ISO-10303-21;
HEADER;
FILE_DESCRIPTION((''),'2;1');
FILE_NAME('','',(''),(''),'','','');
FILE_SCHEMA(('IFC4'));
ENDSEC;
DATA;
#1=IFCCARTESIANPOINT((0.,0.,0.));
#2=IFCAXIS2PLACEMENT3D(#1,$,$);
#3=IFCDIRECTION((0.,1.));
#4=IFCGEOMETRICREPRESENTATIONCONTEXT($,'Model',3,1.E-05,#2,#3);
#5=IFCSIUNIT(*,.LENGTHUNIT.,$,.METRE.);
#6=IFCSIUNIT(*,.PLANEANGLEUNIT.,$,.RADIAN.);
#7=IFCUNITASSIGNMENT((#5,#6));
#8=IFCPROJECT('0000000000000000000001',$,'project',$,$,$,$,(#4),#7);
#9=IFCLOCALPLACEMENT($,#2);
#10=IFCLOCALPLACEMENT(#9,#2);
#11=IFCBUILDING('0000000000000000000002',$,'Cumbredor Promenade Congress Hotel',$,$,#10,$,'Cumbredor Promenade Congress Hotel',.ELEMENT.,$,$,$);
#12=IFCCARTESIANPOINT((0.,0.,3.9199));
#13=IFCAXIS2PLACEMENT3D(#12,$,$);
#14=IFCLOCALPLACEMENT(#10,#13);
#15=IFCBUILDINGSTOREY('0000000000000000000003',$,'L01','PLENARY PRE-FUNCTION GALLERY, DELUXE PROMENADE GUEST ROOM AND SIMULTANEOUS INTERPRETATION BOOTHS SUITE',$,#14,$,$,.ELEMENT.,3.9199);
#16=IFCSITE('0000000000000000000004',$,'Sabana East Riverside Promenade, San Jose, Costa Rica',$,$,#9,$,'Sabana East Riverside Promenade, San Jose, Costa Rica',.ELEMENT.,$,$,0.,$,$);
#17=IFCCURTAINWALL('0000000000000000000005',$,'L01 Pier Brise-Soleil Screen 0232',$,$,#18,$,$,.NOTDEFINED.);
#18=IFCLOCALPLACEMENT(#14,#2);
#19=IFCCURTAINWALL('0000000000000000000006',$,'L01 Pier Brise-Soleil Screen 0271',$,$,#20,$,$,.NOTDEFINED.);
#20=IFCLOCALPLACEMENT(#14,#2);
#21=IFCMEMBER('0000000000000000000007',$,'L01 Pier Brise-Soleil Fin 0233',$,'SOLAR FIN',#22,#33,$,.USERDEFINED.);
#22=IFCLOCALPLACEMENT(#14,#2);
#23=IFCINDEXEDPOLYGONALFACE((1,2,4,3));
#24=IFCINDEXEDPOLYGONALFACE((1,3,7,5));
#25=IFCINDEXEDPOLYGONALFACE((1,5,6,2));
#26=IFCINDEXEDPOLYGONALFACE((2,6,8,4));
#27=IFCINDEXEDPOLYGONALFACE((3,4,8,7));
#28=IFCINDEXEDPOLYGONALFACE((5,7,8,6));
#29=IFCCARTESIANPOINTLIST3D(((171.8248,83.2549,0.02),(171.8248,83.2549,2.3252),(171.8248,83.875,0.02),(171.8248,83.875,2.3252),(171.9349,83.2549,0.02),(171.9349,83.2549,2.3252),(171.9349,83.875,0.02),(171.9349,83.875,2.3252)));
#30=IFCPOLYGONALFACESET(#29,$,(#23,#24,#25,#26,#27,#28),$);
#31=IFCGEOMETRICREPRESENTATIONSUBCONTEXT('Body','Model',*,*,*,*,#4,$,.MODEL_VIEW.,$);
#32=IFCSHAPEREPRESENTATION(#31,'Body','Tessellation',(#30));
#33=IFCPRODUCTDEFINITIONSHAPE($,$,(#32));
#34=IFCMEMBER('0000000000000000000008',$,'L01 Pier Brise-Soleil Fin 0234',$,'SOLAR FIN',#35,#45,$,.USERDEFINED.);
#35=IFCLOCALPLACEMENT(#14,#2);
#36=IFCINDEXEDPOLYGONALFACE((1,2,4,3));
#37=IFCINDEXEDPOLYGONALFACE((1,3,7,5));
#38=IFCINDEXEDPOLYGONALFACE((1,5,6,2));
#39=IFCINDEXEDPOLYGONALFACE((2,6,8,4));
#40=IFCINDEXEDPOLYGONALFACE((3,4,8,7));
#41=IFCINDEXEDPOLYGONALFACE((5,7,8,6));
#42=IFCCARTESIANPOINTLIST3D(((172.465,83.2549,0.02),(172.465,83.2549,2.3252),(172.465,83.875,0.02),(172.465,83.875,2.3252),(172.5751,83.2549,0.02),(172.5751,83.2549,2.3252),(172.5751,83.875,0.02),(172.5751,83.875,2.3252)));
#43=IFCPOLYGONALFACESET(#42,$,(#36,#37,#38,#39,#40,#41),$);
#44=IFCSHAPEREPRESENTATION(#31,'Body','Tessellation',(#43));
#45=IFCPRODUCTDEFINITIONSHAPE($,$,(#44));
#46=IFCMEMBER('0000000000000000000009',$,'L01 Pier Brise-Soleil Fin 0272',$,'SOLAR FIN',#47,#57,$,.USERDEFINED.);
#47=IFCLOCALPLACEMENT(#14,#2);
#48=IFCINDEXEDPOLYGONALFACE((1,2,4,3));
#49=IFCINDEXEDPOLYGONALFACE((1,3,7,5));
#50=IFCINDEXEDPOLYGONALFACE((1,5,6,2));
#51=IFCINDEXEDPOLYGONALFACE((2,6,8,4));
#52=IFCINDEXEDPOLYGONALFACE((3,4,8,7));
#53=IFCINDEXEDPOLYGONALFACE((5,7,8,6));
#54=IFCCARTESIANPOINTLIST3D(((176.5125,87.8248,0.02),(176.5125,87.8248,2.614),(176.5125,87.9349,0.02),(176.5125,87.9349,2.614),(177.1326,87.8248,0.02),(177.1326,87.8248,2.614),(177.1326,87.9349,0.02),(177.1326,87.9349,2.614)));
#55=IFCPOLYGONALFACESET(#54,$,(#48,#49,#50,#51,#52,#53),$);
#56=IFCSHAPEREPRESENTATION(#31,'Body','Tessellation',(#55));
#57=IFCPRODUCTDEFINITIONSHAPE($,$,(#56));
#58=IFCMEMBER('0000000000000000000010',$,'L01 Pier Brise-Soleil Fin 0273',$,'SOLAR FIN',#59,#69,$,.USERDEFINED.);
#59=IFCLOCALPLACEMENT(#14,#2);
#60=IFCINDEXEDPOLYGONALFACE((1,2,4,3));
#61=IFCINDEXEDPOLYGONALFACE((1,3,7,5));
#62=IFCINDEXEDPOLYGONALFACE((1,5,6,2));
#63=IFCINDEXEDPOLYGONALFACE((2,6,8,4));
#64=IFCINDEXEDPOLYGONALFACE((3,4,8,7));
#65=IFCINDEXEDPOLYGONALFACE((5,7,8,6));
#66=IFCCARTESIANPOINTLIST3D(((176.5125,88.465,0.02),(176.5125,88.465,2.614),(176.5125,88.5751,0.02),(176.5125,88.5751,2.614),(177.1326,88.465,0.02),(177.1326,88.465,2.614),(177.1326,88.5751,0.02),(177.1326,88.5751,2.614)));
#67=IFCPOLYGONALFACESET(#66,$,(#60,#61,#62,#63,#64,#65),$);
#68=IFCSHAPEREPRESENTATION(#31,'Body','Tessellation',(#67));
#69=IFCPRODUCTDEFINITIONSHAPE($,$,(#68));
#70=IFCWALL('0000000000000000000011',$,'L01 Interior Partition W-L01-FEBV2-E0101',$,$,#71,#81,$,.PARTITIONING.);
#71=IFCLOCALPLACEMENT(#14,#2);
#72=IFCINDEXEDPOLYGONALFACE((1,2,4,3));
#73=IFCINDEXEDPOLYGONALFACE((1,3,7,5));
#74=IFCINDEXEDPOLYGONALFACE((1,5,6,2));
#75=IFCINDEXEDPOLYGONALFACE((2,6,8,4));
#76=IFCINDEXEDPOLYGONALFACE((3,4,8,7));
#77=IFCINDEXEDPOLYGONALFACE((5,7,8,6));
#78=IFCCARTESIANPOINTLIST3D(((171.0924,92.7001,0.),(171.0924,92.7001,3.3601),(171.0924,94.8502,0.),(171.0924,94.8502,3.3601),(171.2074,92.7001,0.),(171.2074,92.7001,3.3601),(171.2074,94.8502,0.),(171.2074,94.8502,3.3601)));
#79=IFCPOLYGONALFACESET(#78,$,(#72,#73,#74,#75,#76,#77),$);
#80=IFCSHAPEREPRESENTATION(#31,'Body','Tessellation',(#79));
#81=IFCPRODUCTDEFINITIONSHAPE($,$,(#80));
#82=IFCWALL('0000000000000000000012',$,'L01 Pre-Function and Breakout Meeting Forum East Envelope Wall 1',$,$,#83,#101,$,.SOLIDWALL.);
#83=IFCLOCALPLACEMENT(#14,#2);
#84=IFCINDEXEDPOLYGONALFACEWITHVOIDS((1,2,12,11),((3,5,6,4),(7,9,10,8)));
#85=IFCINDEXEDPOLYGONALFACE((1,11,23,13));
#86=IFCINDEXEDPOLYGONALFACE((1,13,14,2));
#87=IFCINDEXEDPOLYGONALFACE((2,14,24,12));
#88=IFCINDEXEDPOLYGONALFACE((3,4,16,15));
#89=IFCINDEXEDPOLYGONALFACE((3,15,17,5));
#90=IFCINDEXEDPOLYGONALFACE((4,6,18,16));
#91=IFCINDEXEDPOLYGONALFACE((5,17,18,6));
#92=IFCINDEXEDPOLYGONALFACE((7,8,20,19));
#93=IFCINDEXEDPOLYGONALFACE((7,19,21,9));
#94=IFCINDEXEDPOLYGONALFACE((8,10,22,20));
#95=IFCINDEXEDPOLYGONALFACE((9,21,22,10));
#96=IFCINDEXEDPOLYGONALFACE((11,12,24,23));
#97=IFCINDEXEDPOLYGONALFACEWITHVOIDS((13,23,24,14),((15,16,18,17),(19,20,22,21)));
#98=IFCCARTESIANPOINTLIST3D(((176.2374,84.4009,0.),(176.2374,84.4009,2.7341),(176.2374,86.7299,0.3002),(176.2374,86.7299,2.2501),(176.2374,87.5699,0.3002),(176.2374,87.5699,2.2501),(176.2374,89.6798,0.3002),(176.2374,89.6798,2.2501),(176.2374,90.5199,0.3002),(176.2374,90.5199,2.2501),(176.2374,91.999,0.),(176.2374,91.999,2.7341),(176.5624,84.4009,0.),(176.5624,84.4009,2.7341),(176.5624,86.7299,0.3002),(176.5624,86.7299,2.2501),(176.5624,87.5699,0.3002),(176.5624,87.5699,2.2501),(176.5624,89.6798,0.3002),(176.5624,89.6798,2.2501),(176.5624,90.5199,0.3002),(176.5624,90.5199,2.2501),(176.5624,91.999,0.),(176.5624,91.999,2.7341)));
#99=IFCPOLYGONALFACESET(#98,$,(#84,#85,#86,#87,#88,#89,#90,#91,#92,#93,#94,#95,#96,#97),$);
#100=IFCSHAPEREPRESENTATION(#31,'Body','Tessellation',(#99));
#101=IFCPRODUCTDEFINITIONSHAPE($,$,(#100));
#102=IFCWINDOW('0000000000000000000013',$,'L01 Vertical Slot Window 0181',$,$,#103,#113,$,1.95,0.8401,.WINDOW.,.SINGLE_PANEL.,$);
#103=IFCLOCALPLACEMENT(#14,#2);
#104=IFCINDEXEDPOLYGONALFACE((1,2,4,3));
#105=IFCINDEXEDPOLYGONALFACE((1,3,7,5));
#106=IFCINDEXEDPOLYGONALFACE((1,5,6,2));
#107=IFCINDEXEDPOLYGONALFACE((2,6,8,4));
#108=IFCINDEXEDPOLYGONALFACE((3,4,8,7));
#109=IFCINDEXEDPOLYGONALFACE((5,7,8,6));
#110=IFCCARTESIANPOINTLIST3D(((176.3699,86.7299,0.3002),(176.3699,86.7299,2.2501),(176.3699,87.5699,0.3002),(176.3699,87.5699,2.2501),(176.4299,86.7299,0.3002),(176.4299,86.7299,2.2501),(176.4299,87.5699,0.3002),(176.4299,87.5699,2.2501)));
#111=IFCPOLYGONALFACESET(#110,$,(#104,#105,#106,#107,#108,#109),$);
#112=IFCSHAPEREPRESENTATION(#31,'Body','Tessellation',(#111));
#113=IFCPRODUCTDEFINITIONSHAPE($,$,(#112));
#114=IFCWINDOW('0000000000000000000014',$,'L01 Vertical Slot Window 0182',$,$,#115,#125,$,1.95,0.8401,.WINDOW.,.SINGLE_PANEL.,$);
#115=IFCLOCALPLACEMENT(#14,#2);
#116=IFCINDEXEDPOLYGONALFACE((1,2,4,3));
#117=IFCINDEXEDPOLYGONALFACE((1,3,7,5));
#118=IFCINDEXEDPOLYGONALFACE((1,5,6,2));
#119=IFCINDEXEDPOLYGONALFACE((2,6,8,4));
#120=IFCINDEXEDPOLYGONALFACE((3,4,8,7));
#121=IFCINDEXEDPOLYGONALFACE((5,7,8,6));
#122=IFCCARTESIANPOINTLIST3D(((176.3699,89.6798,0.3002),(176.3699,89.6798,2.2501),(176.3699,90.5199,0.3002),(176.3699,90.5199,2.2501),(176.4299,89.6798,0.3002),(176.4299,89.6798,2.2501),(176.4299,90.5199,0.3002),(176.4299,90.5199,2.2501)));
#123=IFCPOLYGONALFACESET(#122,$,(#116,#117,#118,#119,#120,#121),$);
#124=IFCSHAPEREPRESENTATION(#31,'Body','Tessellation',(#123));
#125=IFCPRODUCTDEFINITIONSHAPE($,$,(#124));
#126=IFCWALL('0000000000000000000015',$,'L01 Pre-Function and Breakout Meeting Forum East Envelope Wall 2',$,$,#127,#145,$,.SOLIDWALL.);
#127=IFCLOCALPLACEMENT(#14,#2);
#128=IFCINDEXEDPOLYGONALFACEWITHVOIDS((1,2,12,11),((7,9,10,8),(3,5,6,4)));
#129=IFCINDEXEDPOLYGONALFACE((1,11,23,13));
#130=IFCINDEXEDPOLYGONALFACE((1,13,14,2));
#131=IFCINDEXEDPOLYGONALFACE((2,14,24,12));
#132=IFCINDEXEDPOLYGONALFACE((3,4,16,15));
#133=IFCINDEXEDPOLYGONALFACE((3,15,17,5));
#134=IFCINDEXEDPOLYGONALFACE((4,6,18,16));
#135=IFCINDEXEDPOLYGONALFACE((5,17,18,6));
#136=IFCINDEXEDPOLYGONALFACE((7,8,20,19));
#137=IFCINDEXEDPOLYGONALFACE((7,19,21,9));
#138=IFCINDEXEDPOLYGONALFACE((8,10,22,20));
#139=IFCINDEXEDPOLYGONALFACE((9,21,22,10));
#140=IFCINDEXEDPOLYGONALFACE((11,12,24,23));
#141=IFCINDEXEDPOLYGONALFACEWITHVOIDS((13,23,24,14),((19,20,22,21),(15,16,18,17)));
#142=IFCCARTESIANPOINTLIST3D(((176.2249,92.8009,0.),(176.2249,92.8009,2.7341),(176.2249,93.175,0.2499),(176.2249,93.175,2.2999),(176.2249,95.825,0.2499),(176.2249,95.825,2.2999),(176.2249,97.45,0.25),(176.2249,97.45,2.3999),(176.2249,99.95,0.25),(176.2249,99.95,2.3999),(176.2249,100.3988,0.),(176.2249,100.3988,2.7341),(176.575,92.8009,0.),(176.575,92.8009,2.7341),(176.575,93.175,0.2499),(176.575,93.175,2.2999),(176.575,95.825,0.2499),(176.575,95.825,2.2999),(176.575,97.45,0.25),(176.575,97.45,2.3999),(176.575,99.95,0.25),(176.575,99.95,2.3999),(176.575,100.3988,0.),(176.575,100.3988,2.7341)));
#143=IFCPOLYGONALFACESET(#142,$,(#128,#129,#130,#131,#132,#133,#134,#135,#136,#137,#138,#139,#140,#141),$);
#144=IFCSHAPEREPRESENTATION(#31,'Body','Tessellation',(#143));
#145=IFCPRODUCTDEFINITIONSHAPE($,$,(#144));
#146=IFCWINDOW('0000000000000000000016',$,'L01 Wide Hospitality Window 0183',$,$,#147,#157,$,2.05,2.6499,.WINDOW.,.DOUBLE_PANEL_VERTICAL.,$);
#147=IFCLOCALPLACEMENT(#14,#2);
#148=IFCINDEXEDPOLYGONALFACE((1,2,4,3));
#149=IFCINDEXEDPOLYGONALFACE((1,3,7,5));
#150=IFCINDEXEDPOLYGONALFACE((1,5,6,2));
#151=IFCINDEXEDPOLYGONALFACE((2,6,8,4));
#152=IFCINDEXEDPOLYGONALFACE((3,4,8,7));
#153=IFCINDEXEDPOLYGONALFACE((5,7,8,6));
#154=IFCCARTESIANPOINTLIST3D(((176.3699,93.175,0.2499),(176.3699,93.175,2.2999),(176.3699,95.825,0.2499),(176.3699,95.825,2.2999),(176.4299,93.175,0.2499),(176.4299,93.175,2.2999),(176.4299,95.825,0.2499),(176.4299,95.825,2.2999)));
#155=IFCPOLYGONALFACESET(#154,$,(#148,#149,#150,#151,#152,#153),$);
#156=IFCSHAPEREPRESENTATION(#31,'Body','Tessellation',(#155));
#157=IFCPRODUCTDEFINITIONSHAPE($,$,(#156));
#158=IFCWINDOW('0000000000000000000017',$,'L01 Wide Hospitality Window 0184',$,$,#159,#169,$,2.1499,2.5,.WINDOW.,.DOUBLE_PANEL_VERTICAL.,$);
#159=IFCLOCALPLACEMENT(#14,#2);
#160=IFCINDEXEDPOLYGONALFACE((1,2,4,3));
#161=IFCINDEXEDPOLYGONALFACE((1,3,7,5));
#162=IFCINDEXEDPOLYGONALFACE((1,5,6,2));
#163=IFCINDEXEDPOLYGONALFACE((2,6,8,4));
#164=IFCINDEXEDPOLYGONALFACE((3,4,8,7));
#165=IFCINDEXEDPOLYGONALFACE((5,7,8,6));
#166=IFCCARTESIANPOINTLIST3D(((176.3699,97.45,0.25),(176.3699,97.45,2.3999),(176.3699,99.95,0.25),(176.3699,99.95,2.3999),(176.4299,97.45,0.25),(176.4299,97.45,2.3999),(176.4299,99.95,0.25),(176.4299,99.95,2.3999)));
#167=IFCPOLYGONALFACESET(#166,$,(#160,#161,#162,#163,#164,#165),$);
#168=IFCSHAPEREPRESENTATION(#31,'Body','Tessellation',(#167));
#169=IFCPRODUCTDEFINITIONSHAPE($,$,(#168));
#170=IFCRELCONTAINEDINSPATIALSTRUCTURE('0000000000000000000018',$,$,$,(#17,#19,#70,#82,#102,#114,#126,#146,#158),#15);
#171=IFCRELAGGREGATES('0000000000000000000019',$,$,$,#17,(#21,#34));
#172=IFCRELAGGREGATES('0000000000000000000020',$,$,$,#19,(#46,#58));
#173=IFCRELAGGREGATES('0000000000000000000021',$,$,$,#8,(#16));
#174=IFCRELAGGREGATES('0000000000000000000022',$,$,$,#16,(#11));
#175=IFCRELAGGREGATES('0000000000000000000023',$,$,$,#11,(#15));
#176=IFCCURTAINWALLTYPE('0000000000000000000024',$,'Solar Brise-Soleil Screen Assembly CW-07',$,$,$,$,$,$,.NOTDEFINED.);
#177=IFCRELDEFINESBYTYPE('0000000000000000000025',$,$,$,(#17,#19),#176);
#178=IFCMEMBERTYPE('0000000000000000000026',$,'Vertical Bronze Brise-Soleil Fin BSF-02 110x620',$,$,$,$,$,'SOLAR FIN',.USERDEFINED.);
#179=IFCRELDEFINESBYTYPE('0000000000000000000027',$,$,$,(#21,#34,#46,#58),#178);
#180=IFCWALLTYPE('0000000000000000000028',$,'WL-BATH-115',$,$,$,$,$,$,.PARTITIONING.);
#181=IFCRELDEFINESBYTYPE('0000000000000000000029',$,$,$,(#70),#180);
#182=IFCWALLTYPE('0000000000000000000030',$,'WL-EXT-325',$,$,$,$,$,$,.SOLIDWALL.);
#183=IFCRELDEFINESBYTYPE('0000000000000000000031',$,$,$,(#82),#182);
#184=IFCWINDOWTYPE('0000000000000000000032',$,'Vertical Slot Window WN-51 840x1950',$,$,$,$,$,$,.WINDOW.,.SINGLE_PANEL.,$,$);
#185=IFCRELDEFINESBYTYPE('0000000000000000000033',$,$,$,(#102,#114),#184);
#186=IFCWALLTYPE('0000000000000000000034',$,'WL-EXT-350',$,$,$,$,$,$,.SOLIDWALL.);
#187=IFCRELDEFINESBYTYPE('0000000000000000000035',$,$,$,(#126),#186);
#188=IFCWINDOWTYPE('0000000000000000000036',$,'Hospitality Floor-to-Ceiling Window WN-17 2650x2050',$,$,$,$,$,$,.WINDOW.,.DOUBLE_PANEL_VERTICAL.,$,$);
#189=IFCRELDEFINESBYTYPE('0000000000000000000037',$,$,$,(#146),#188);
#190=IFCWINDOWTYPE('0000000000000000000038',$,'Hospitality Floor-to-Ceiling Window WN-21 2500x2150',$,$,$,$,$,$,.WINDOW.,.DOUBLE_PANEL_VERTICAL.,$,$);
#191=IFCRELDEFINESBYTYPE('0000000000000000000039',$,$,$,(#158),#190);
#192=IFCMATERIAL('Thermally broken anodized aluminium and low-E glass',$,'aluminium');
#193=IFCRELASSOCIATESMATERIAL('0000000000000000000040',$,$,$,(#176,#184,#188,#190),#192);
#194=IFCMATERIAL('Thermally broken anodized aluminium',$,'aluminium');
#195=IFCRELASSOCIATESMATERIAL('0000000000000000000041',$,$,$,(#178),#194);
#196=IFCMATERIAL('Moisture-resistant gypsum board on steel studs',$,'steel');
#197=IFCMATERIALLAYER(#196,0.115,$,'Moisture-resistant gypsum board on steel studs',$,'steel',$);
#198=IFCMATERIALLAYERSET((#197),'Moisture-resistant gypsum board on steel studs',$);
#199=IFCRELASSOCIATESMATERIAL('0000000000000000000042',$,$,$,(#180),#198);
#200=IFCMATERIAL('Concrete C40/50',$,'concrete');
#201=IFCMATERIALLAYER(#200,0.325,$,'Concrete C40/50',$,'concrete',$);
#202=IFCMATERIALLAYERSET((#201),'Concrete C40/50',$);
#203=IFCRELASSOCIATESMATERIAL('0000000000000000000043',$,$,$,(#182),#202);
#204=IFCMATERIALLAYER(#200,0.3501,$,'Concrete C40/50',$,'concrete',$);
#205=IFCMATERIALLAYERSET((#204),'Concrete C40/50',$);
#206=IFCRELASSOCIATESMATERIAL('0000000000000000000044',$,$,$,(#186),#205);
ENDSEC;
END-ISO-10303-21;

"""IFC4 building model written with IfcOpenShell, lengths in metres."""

from ifc_helpers import new_model, si_unit, direction, frame, frame_2d, origin, origin_2d, place, context, subcontext, project, spatial, rectangle, extrude, material, layer, layer_set, material_profile, profile_set, type_object, element, fill, aggregate, save


model = new_model("IFC4")

# Units and contexts
model_context = context("Model", 3, precision=1e-05, world=origin(), true_north=direction((0.0, 1.0)))
body_context = subcontext(model_context, "Body", "Model", "MODEL_VIEW")
ifc_project = project(units=[si_unit("LENGTHUNIT", "METRE"), si_unit("PLANEANGLEUNIT", "RADIAN")], contexts=[model_context])

# Site, building, storey
site_placement = place(None, origin())
site = spatial("IfcSite", under=ifc_project, at=site_placement, Name="Sabana East Riverside Promenade, San Jose, Costa Rica", LongName="Sabana East Riverside Promenade, San Jose, Costa Rica", CompositionType="ELEMENT", RefElevation=0.0)
building_placement = place(site_placement, origin())
building = spatial("IfcBuilding", under=site, at=building_placement, Name="Cumbredor Promenade Congress Hotel", LongName="Cumbredor Promenade Congress Hotel", CompositionType="ELEMENT")
storey_placement = place(building_placement, frame((0.0, 0.0, 3.9199)))
storey = spatial("IfcBuildingStorey", under=building, at=storey_placement, Name="L01", Description="PLENARY PRE-FUNCTION GALLERY, DELUXE PROMENADE GUEST ROOM AND SIMULTANEOUS INTERPRETATION BOOTHS SUITE", CompositionType="ELEMENT", Elevation=3.9199)

# Curtain walls
ifc_material_1 = material(Name="Thermally broken anodized aluminium and low-E glass", Category="aluminium")
curtain_wall_type = type_object("IfcCurtainWallType", Name="Solar Brise-Soleil Screen Assembly CW-07", PredefinedType="NOTDEFINED", material=ifc_material_1)
curtain_wall_1_placement = place(storey_placement, origin())
curtain_wall_1 = element("IfcCurtainWall", 1, at=curtain_wall_1_placement, inside=storey, type_object=curtain_wall_type, Name="L01 Pier Brise-Soleil Screen 0232", PredefinedType="NOTDEFINED")
ifc_material_2 = material(Name="Thermally broken anodized aluminium", Category="aluminium")
curtain_wall_2_placement = place(storey_placement, origin())
curtain_wall_2 = element("IfcCurtainWall", 2, at=curtain_wall_2_placement, inside=storey, type_object=curtain_wall_type, Name="L01 Pier Brise-Soleil Screen 0271", PredefinedType="NOTDEFINED")

# Shared definitions
ifc_material_3 = material(Name="Concrete C40/50", Category="concrete")

# Members
ifc_material_profile_1 = material_profile(ifc_material_2, rectangle(XDim=0.1101, YDim=0.6201, at=origin_2d()), Name="ARCH FIN 110x620")
ifc_profile_set_1 = profile_set([ifc_material_profile_1], Name="Thermally broken anodized aluminium")
member_type_1 = type_object("IfcMemberType", Name="Vertical Bronze Brise-Soleil Fin BSF-02 110x620", ElementType="SOLAR FIN", PredefinedType="USERDEFINED", material=ifc_profile_set_1)
member_1_placement = place(storey_placement, frame((171.8799, 83.5649, 0.02), z_axis=(0.0, 0.0, 1.0), x_axis=(1.0, 0.0, 0.0)))
member_1 = element("IfcMember", 3, at=member_1_placement, type_object=member_type_1, Name="L01 Pier Brise-Soleil Fin 0233", ObjectType="SOLAR FIN", PredefinedType="USERDEFINED", context=body_context, shape_type="SweptSolid", body=[
    extrude(rectangle(XDim=0.1101, YDim=0.6201, at=origin_2d()), origin(), (0.0, 0.0, 1.0), 2.3052),
])
member_2_placement = place(storey_placement, frame((172.52, 83.5649, 0.02), z_axis=(0.0, 0.0, 1.0), x_axis=(1.0, 0.0, 0.0)))
member_2 = element("IfcMember", 4, at=member_2_placement, type_object=member_type_1, Name="L01 Pier Brise-Soleil Fin 0234", ObjectType="SOLAR FIN", PredefinedType="USERDEFINED", context=body_context, shape_type="SweptSolid", body=[
    extrude(rectangle(XDim=0.1101, YDim=0.6201, at=origin_2d()), origin(), (0.0, 0.0, 1.0), 2.3052),
])
aggregate(curtain_wall_1, [member_1, member_2])
member_3_placement = place(storey_placement, frame((176.8225, 87.8799, 0.02), z_axis=(0.0, 0.0, 1.0), x_axis=(0.0, 1.0, 0.0)))
member_3 = element("IfcMember", 5, at=member_3_placement, type_object=member_type_1, Name="L01 Pier Brise-Soleil Fin 0272", ObjectType="SOLAR FIN", PredefinedType="USERDEFINED", context=body_context, shape_type="SweptSolid", body=[
    extrude(rectangle(XDim=0.1101, YDim=0.6201, at=origin_2d()), origin(), (0.0, 0.0, 1.0), 2.594),
])
member_4_placement = place(storey_placement, frame((176.8225, 88.52, 0.02), z_axis=(0.0, 0.0, 1.0), x_axis=(0.0, 1.0, 0.0)))
member_4 = element("IfcMember", 6, at=member_4_placement, type_object=member_type_1, Name="L01 Pier Brise-Soleil Fin 0273", ObjectType="SOLAR FIN", PredefinedType="USERDEFINED", context=body_context, shape_type="SweptSolid", body=[
    extrude(rectangle(XDim=0.1101, YDim=0.6201, at=origin_2d()), origin(), (0.0, 0.0, 1.0), 2.594),
])
aggregate(curtain_wall_2, [member_3, member_4])

# Wall
ifc_material_4 = material(Name="Moisture-resistant gypsum board on steel studs", Category="steel")
ifc_layer_1 = layer(ifc_material_4, 0.115, Name="Moisture-resistant gypsum board on steel studs", Category="steel")
ifc_layer_set_1 = layer_set([ifc_layer_1], Name="Moisture-resistant gypsum board on steel studs")
wall_type_1 = type_object("IfcWallType", Name="WL-BATH-115", PredefinedType="PARTITIONING", material=ifc_layer_set_1)
wall_1_placement = place(storey_placement, frame((171.1499, 92.7, 0.0), z_axis=(0.0, 0.0, 1.0), x_axis=(0.0, 1.0, 0.0)))
element("IfcWall", 7, at=wall_1_placement, inside=storey, type_object=wall_type_1, Name="L01 Interior Partition W-L01-FEBV2-E0101", PredefinedType="PARTITIONING", context=body_context, shape_type="SweptSolid", body=[
    extrude(rectangle(XDim=2.1501, YDim=0.115, at=frame_2d((1.0752, 0.0))), origin(), (0.0, 0.0, 1.0), 3.3601),
])

# Walls, openings, windows
ifc_layer_2 = layer(ifc_material_3, 0.325, Name="Concrete C40/50", Category="concrete")
ifc_layer_set_2 = layer_set([ifc_layer_2], Name="Concrete C40/50")
wall_type_2 = type_object("IfcWallType", Name="WL-EXT-325", PredefinedType="SOLIDWALL", material=ifc_layer_set_2)
wall_2_placement = place(storey_placement, frame((176.3999, 84.4009, 0.0), z_axis=(0.0, 0.0, 1.0), x_axis=(0.0, 1.0, 0.0)))
wall_2 = element("IfcWall", 8, at=wall_2_placement, inside=storey, type_object=wall_type_2, Name="L01 Pre-Function and Breakout Meeting Forum East Envelope Wall 1", PredefinedType="SOLIDWALL", context=body_context, shape_type="SweptSolid", body=[
    extrude(rectangle(XDim=7.5981, YDim=0.325, at=frame_2d((3.7991, 0.0))), origin(), (0.0, 0.0, 1.0), 2.7341),
])
opening_1_placement = place(wall_2_placement, frame((2.3291, 0.0, 0.3)))
opening_1 = element("IfcOpeningElement", 9, at=opening_1_placement, cuts=wall_2, PredefinedType="OPENING", context=body_context, shape_type="SweptSolid", body=[
    extrude(rectangle(XDim=0.8401, YDim=1.95, at=frame_2d((0.4199, 0.9751))), frame((0.0, 0.1724, 0.0), z_axis=(0.0, -1.0, 0.0), x_axis=(1.0, 0.0, 0.0)), (0.0, 0.0, 1.0), 0.345),
])
opening_2_placement = place(wall_2_placement, frame((5.2791, 0.0, 0.3)))
opening_2 = element("IfcOpeningElement", 10, at=opening_2_placement, cuts=wall_2, PredefinedType="OPENING", context=body_context, shape_type="SweptSolid", body=[
    extrude(rectangle(XDim=0.8401, YDim=1.95, at=frame_2d((0.4199, 0.9751))), frame((0.0, 0.1724, 0.0), z_axis=(0.0, -1.0, 0.0), x_axis=(1.0, 0.0, 0.0)), (0.0, 0.0, 1.0), 0.345),
])
window_type_1 = type_object("IfcWindowType", Name="Vertical Slot Window WN-51 840x1950", PartitioningType="SINGLE_PANEL", PredefinedType="WINDOW", material=ifc_material_1)
window_1_placement = place(opening_1_placement, origin())
window_1 = element("IfcWindow", 11, at=window_1_placement, inside=storey, type_object=window_type_1, Name="L01 Vertical Slot Window 0181", OverallHeight=1.95, OverallWidth=0.8401, PartitioningType="SINGLE_PANEL", PredefinedType="WINDOW", context=body_context, shape_type="SweptSolid", body=[
    extrude(rectangle(XDim=0.8401, YDim=1.95, at=frame_2d((0.4199, 0.9751))), frame((0.0, 0.03, 0.0), z_axis=(0.0, -1.0, 0.0), x_axis=(1.0, 0.0, 0.0)), (0.0, 0.0, 1.0), 0.0601),
])
fill(opening_1, window_1)
window_2_placement = place(opening_2_placement, origin())
window_2 = element("IfcWindow", 12, at=window_2_placement, inside=storey, type_object=window_type_1, Name="L01 Vertical Slot Window 0182", OverallHeight=1.95, OverallWidth=0.8401, PartitioningType="SINGLE_PANEL", PredefinedType="WINDOW", context=body_context, shape_type="SweptSolid", body=[
    extrude(rectangle(XDim=0.8401, YDim=1.95, at=frame_2d((0.4199, 0.9751))), frame((0.0, 0.03, 0.0), z_axis=(0.0, -1.0, 0.0), x_axis=(1.0, 0.0, 0.0)), (0.0, 0.0, 1.0), 0.0601),
])
fill(opening_2, window_2)
ifc_layer_3 = layer(ifc_material_3, 0.3501, Name="Concrete C40/50", Category="concrete")
ifc_layer_set_3 = layer_set([ifc_layer_3], Name="Concrete C40/50")
wall_type_3 = type_object("IfcWallType", Name="WL-EXT-350", PredefinedType="SOLIDWALL", material=ifc_layer_set_3)
wall_3_placement = place(storey_placement, frame((176.3999, 92.801, 0.0), z_axis=(0.0, 0.0, 1.0), x_axis=(0.0, 1.0, 0.0)))
wall_3 = element("IfcWall", 13, at=wall_3_placement, inside=storey, type_object=wall_type_3, Name="L01 Pre-Function and Breakout Meeting Forum East Envelope Wall 2", PredefinedType="SOLIDWALL", context=body_context, shape_type="SweptSolid", body=[
    extrude(rectangle(XDim=7.5979, YDim=0.3501, at=frame_2d((3.7988, 0.0))), origin(), (0.0, 0.0, 1.0), 2.7341),
])
opening_3_placement = place(wall_3_placement, frame((0.374, 0.0, 0.25)))
opening_3 = element("IfcOpeningElement", 14, at=opening_3_placement, cuts=wall_3, PredefinedType="OPENING", context=body_context, shape_type="SweptSolid", body=[
    extrude(rectangle(XDim=2.6499, YDim=2.05, at=frame_2d((1.325, 1.0249))), frame((0.0, 0.1851, 0.0), z_axis=(0.0, -1.0, 0.0), x_axis=(1.0, 0.0, 0.0)), (0.0, 0.0, 1.0), 0.3701),
])
opening_4_placement = place(wall_3_placement, frame((4.6489, 0.0, 0.25)))
opening_4 = element("IfcOpeningElement", 15, at=opening_4_placement, cuts=wall_3, PredefinedType="OPENING", context=body_context, shape_type="SweptSolid", body=[
    extrude(rectangle(XDim=2.5, YDim=2.1499, at=frame_2d((1.25, 1.075))), frame((0.0, 0.1851, 0.0), z_axis=(0.0, -1.0, 0.0), x_axis=(1.0, 0.0, 0.0)), (0.0, 0.0, 1.0), 0.3701),
])
window_type_2 = type_object("IfcWindowType", Name="Hospitality Floor-to-Ceiling Window WN-17 2650x2050", PartitioningType="DOUBLE_PANEL_VERTICAL", PredefinedType="WINDOW", material=ifc_material_1)
window_3_placement = place(opening_3_placement, origin())
window_3 = element("IfcWindow", 16, at=window_3_placement, inside=storey, type_object=window_type_2, Name="L01 Wide Hospitality Window 0183", OverallHeight=2.05, OverallWidth=2.6499, PartitioningType="DOUBLE_PANEL_VERTICAL", PredefinedType="WINDOW", context=body_context, shape_type="SweptSolid", body=[
    extrude(rectangle(XDim=2.6499, YDim=2.05, at=frame_2d((1.325, 1.0249))), frame((0.0, 0.03, 0.0), z_axis=(0.0, -1.0, 0.0), x_axis=(1.0, 0.0, 0.0)), (0.0, 0.0, 1.0), 0.0601),
])
fill(opening_3, window_3)
window_type_3 = type_object("IfcWindowType", Name="Hospitality Floor-to-Ceiling Window WN-21 2500x2150", PartitioningType="DOUBLE_PANEL_VERTICAL", PredefinedType="WINDOW", material=ifc_material_1)
window_4_placement = place(opening_4_placement, origin())
window_4 = element("IfcWindow", 17, at=window_4_placement, inside=storey, type_object=window_type_3, Name="L01 Wide Hospitality Window 0184", OverallHeight=2.1499, OverallWidth=2.5, PartitioningType="DOUBLE_PANEL_VERTICAL", PredefinedType="WINDOW", context=body_context, shape_type="SweptSolid", body=[
    extrude(rectangle(XDim=2.5, YDim=2.1499, at=frame_2d((1.25, 1.075))), frame((0.0, 0.03, 0.0), z_axis=(0.0, -1.0, 0.0), x_axis=(1.0, 0.0, 0.0)), (0.0, 0.0, 1.0), 0.0601),
])
fill(opening_4, window_4)

save(model, "model.ifc")
